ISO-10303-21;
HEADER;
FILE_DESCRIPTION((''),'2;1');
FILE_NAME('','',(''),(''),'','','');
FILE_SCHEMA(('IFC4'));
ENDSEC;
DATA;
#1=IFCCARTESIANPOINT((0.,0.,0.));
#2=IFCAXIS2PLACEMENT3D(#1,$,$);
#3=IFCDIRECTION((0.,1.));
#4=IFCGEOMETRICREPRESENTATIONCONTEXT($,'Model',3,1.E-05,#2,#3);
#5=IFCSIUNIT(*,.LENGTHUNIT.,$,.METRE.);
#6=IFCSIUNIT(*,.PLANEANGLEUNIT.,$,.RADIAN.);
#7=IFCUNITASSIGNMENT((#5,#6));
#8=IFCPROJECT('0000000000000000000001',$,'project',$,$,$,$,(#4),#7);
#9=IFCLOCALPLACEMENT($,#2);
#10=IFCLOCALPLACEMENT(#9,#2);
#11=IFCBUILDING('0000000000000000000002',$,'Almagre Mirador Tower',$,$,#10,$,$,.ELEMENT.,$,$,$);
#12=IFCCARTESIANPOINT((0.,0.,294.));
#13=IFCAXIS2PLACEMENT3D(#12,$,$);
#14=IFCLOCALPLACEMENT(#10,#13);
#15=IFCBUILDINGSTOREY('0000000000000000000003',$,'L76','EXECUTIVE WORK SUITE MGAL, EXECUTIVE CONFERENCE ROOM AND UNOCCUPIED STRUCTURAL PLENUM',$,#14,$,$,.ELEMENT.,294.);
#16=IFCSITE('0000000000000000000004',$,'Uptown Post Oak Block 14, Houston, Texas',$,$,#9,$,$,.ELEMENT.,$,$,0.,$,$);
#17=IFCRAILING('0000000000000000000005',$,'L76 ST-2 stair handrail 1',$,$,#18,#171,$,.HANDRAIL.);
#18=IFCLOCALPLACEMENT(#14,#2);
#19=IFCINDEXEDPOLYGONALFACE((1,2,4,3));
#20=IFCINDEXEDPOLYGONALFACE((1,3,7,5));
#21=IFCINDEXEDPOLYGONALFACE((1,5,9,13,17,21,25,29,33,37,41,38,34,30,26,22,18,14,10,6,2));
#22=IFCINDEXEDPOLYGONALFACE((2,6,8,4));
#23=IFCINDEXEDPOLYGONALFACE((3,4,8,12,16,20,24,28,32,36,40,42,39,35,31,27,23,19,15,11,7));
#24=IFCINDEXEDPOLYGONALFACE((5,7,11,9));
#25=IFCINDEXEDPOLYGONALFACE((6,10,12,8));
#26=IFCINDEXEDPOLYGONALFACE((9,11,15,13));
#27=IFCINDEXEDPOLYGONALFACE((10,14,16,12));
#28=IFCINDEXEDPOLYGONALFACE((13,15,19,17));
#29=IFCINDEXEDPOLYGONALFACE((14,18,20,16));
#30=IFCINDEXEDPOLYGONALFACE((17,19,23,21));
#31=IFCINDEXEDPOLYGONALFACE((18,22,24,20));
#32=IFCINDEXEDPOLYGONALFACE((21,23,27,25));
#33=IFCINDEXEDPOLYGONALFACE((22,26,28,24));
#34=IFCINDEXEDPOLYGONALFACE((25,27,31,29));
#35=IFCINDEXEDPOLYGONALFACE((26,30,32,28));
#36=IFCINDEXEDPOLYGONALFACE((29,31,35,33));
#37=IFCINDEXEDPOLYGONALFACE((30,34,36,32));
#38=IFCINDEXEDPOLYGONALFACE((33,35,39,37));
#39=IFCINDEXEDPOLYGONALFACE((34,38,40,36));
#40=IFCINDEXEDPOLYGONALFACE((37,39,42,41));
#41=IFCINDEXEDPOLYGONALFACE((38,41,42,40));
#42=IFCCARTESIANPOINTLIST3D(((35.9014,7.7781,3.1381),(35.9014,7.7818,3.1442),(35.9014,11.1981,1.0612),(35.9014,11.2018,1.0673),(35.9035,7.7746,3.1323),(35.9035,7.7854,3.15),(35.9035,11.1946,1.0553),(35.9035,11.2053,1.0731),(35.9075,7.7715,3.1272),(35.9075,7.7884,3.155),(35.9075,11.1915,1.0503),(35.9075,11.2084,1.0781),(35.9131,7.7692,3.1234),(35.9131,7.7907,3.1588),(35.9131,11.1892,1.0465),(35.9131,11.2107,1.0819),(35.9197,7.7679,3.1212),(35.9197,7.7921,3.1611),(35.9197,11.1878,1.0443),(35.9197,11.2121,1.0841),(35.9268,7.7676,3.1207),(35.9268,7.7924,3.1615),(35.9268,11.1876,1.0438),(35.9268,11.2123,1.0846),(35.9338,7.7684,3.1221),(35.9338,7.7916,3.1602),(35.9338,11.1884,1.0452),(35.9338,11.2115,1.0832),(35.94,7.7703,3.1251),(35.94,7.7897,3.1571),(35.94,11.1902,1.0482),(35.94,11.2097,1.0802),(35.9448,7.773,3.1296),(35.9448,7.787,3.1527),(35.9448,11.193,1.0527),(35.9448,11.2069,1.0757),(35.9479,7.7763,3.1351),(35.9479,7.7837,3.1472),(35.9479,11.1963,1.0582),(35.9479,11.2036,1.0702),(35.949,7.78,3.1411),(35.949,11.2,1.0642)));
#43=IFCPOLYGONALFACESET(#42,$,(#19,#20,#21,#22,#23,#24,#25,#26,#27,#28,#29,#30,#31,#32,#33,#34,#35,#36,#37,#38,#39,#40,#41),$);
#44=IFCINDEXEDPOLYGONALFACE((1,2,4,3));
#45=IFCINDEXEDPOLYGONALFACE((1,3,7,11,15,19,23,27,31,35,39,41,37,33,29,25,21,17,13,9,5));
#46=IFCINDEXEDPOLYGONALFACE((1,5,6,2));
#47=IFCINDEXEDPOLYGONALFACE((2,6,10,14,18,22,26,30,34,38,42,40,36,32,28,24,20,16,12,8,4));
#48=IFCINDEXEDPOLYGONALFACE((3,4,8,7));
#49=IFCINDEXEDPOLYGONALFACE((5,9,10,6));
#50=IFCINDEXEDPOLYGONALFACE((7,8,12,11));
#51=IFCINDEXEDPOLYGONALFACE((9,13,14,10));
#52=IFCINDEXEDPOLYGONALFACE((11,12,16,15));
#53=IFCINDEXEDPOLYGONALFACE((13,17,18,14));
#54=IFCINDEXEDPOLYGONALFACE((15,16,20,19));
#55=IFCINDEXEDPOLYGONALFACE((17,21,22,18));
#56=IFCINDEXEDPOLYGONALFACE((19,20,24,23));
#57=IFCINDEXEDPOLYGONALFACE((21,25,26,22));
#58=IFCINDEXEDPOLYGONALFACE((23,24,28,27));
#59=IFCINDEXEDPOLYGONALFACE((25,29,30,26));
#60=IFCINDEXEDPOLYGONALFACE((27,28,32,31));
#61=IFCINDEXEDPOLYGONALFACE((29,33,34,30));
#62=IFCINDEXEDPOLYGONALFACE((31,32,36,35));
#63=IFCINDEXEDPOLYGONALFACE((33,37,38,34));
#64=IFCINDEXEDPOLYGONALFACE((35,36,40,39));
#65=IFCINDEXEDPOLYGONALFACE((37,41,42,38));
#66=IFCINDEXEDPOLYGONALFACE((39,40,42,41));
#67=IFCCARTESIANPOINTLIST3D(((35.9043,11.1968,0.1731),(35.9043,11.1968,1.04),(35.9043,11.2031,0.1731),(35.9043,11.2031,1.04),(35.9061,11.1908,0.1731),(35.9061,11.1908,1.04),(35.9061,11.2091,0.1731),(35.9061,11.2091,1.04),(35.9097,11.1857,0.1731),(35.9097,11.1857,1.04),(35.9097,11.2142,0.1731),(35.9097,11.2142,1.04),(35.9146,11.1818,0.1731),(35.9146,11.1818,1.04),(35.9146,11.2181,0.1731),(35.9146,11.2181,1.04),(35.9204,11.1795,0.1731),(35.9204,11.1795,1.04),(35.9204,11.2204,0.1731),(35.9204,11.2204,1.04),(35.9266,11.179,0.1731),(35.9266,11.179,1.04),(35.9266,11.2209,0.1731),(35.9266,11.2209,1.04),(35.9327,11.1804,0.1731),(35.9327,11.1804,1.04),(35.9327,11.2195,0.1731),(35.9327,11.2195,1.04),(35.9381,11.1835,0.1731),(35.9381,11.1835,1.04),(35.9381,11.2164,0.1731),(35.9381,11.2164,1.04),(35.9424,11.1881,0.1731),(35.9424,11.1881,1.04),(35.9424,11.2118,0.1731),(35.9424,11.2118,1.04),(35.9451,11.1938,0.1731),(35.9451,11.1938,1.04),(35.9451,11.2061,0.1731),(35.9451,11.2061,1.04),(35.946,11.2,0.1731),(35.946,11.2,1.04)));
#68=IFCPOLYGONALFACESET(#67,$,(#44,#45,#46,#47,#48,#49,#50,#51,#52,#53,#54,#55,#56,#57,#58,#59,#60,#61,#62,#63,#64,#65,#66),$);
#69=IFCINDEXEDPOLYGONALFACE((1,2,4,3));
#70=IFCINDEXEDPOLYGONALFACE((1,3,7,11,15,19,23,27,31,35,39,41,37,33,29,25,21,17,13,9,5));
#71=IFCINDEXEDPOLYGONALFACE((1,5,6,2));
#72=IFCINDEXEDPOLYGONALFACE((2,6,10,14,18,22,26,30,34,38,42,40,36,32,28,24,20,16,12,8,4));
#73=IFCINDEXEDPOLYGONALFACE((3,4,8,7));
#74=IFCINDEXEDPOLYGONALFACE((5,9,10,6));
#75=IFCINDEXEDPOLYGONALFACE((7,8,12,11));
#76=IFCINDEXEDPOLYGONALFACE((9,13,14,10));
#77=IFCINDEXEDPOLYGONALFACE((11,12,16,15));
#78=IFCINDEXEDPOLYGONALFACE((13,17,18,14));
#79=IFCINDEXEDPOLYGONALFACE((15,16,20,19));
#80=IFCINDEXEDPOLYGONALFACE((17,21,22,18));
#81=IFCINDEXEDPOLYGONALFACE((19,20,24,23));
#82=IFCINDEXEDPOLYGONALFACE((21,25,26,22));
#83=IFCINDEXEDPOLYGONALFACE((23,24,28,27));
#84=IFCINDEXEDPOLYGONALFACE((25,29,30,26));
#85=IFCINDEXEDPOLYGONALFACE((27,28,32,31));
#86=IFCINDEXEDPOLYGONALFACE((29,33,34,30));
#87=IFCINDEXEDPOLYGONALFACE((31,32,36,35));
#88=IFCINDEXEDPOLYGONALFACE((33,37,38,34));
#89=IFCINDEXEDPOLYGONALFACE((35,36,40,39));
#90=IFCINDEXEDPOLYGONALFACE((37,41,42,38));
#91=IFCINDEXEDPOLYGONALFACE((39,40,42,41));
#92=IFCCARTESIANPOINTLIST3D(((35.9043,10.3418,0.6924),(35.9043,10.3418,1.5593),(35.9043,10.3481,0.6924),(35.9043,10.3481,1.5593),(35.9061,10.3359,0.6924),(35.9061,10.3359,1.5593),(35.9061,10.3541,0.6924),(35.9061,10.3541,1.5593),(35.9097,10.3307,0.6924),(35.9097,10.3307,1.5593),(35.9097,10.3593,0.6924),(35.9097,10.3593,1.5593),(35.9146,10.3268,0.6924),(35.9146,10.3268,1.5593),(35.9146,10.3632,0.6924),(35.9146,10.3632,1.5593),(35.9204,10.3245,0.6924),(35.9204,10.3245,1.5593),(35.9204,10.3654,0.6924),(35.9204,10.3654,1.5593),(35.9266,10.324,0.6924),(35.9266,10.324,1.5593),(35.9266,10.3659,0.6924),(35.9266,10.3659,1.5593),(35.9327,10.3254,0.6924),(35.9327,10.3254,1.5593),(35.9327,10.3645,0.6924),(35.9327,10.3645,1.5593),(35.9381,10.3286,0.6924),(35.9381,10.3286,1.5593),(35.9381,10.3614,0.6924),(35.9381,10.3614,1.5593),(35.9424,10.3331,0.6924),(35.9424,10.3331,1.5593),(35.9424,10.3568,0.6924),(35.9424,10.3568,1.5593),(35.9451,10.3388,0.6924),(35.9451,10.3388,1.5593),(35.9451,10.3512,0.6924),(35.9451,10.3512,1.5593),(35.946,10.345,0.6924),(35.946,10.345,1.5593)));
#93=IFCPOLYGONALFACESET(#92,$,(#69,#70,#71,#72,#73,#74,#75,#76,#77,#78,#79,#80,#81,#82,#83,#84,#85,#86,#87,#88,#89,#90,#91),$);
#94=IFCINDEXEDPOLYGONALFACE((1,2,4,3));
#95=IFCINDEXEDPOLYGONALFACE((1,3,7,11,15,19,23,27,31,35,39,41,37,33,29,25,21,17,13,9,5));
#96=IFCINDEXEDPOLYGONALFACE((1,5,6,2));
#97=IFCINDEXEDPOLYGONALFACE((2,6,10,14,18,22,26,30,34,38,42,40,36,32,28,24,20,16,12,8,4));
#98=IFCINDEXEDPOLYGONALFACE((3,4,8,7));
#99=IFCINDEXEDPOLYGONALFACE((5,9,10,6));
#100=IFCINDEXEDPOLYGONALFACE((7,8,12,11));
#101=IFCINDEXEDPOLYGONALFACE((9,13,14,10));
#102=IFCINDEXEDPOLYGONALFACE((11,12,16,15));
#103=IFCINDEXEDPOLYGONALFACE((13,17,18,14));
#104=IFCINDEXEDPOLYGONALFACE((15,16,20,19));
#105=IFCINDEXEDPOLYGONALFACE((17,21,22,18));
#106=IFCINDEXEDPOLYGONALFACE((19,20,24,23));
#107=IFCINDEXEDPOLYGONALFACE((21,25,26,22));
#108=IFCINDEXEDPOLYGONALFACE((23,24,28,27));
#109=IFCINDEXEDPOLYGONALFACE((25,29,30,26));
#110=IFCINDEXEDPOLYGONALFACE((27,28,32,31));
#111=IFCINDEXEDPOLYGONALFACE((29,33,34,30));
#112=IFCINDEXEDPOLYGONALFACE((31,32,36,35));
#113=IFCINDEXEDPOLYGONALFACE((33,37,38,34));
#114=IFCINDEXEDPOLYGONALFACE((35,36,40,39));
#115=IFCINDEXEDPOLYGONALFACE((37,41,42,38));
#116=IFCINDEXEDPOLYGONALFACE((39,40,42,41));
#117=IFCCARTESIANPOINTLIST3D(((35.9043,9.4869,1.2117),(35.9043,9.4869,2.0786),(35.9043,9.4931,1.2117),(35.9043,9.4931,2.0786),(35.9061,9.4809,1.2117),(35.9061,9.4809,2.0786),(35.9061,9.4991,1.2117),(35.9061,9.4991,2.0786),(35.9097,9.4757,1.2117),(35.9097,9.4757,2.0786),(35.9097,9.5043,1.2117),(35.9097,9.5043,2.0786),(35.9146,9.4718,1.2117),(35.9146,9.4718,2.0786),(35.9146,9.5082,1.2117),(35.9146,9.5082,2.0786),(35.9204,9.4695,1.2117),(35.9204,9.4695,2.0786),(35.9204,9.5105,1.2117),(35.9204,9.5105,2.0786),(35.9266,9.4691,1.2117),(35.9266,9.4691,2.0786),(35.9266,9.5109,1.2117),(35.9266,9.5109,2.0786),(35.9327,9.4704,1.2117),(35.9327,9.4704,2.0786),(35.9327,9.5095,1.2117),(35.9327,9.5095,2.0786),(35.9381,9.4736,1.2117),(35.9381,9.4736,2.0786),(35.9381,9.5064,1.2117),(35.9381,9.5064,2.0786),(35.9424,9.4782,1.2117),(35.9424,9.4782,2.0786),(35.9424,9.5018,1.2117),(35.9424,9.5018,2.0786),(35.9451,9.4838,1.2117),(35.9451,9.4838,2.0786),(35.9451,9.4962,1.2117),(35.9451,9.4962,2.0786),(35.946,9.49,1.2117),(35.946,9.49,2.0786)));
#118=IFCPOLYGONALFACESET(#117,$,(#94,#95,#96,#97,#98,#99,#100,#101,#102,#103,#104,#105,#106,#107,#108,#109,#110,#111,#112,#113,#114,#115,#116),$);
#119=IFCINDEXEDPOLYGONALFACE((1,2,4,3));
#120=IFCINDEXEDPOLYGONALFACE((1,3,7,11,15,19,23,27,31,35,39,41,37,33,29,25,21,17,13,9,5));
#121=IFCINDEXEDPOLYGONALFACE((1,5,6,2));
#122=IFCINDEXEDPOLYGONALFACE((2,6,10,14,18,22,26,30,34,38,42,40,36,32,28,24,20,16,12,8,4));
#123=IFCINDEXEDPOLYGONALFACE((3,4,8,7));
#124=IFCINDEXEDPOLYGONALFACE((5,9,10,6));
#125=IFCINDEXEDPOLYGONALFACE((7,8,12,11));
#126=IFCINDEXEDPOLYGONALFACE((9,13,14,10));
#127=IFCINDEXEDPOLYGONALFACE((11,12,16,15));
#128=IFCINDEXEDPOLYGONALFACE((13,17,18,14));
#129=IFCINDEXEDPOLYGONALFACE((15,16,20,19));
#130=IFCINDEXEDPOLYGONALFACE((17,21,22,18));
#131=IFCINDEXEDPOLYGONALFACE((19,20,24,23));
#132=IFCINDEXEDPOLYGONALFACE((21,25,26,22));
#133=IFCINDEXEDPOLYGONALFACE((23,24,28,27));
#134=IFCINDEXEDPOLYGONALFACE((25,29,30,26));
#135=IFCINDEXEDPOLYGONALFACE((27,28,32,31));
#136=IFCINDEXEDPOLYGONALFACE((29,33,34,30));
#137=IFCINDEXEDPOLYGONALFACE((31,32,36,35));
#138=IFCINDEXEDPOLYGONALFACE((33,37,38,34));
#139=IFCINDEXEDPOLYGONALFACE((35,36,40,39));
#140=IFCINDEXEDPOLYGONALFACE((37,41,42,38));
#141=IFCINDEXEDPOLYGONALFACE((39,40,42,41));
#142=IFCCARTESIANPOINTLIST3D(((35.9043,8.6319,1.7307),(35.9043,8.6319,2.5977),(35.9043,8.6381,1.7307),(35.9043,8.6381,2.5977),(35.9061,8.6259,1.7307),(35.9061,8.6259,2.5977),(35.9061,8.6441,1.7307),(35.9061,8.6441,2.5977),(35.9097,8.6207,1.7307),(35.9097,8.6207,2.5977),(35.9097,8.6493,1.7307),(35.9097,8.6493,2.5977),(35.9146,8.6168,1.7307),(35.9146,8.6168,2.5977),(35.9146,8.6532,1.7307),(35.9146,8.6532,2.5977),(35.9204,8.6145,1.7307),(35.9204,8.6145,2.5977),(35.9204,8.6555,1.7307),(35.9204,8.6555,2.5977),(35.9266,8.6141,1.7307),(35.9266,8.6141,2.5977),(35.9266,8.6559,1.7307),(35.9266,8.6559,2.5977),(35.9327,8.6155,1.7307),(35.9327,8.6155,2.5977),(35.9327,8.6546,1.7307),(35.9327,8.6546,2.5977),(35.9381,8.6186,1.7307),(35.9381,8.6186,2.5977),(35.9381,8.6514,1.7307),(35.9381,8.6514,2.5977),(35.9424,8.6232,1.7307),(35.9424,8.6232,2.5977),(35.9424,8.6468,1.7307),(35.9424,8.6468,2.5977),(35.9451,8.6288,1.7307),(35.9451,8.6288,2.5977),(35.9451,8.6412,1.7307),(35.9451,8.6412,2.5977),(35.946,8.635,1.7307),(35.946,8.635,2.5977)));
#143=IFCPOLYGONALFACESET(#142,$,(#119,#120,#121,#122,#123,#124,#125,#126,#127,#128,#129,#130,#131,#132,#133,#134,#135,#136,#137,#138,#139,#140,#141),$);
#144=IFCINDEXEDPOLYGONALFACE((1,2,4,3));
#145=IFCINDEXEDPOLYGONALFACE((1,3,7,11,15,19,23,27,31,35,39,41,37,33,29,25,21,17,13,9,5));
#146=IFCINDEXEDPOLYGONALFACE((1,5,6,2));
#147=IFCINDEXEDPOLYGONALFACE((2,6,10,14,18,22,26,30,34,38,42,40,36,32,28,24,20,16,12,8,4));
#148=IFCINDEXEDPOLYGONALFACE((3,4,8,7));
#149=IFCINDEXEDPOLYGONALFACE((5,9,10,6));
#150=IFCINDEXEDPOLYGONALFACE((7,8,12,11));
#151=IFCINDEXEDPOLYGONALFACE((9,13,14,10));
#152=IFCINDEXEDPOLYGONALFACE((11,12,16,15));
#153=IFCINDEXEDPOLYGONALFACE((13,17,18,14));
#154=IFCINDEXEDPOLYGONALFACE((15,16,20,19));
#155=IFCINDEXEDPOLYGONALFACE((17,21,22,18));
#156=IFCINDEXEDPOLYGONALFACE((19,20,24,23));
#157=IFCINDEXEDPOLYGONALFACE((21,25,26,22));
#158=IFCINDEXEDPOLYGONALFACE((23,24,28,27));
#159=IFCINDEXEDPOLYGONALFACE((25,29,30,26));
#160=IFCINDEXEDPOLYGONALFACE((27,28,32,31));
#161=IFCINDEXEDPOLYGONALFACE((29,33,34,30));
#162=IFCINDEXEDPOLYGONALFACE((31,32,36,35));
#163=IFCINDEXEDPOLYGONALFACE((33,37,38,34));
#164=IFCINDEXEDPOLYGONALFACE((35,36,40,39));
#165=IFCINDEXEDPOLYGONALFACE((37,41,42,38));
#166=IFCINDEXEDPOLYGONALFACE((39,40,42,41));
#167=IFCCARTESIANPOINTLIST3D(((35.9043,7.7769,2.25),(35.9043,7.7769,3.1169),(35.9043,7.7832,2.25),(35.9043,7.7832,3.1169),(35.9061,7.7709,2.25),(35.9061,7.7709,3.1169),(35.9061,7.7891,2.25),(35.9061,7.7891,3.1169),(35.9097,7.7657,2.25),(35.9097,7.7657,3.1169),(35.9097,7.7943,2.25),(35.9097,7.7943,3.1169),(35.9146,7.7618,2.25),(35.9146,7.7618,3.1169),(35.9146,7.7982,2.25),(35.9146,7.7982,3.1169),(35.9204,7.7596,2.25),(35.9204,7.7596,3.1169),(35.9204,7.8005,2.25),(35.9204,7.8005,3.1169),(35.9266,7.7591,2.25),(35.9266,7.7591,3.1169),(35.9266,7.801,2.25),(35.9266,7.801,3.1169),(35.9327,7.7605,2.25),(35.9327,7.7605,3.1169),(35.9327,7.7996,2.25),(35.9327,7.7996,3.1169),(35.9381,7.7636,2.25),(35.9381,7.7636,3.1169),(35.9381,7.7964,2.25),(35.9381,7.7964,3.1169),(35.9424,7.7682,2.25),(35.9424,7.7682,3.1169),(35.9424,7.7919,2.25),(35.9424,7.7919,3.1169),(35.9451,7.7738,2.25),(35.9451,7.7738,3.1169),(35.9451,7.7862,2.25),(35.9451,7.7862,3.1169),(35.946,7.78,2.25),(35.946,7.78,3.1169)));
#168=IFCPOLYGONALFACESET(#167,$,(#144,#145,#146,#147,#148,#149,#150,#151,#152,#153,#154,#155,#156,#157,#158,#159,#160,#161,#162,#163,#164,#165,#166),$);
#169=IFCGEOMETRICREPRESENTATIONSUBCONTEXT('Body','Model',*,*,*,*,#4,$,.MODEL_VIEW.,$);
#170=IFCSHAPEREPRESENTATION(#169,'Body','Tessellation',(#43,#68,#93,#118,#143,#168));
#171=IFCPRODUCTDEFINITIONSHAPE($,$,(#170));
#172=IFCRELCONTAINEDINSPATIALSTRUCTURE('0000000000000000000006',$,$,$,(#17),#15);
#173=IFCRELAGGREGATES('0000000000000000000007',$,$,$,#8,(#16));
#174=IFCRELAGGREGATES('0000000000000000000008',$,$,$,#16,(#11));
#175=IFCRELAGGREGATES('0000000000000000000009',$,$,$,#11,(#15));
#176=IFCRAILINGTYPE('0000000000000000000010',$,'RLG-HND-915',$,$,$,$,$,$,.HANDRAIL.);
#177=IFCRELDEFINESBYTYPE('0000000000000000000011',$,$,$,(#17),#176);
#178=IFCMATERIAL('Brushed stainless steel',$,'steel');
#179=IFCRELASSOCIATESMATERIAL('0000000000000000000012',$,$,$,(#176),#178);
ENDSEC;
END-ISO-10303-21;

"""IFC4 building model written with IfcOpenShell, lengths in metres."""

from ifc_helpers import new_model, si_unit, direction, frame, origin, origin_2d, place, context, subcontext, project, spatial, circle, extrude, material, type_object, element, save


model = new_model("IFC4")

# Units and contexts
model_context = context("Model", 3, precision=1e-05, world=origin(), true_north=direction((0.0, 1.0)))
body_context = subcontext(model_context, "Body", "Model", "MODEL_VIEW")
ifc_project = project(units=[si_unit("LENGTHUNIT", "METRE"), si_unit("PLANEANGLEUNIT", "RADIAN")], contexts=[model_context])

# Site, building, storey
site_placement = place(None, origin())
site = spatial("IfcSite", under=ifc_project, at=site_placement, Name="Uptown Post Oak Block 14, Houston, Texas", CompositionType="ELEMENT", RefElevation=0.0)
building_placement = place(site_placement, origin())
building = spatial("IfcBuilding", under=site, at=building_placement, Name="Almagre Mirador Tower", CompositionType="ELEMENT")
storey_placement = place(building_placement, frame((0.0, 0.0, 294.0)))
storey = spatial("IfcBuildingStorey", under=building, at=storey_placement, Name="L76", Description="EXECUTIVE WORK SUITE MGAL, EXECUTIVE CONFERENCE ROOM AND UNOCCUPIED STRUCTURAL PLENUM", CompositionType="ELEMENT", Elevation=294.0)

# Railing
ifc_material_1 = material(Name="Brushed stainless steel", Category="steel")
railing_type_1 = type_object("IfcRailingType", Name="RLG-HND-915", PredefinedType="HANDRAIL", material=ifc_material_1)
railing_1_placement = place(storey_placement, frame((35.925, 11.2, 0.1731)))
element("IfcRailing", 1, at=railing_1_placement, inside=storey, type_object=railing_type_1, Name="L76 ST-2 stair handrail 1", PredefinedType="HANDRAIL", context=body_context, shape_type="SweptSolid", body=[
    extrude(circle(Radius=0.0239, at=origin_2d()), frame((0.0, 0.0, 0.8911), z_axis=(0.0, -0.85473, 0.519074), x_axis=(1.0, 0.0, 0.0)), (0.0, 0.0, 1.0), 4.0012),
    extrude(circle(Radius=0.021, at=origin_2d()), origin(), (0.0, 0.0, 1.0), 0.8669),
    extrude(circle(Radius=0.021, at=origin_2d()), frame((0.0, -0.855, 0.5193)), (0.0, 0.0, 1.0), 0.8669),
    extrude(circle(Radius=0.021, at=origin_2d()), frame((0.0, -1.71, 1.0386)), (0.0, 0.0, 1.0), 0.8669),
    extrude(circle(Radius=0.021, at=origin_2d()), frame((0.0, -2.5649, 1.5576)), (0.0, 0.0, 1.0), 0.8669),
    extrude(circle(Radius=0.021, at=origin_2d()), frame((0.0, -3.4199, 2.0769)), (0.0, 0.0, 1.0), 0.8669),
])

save(model, "model.ifc")
